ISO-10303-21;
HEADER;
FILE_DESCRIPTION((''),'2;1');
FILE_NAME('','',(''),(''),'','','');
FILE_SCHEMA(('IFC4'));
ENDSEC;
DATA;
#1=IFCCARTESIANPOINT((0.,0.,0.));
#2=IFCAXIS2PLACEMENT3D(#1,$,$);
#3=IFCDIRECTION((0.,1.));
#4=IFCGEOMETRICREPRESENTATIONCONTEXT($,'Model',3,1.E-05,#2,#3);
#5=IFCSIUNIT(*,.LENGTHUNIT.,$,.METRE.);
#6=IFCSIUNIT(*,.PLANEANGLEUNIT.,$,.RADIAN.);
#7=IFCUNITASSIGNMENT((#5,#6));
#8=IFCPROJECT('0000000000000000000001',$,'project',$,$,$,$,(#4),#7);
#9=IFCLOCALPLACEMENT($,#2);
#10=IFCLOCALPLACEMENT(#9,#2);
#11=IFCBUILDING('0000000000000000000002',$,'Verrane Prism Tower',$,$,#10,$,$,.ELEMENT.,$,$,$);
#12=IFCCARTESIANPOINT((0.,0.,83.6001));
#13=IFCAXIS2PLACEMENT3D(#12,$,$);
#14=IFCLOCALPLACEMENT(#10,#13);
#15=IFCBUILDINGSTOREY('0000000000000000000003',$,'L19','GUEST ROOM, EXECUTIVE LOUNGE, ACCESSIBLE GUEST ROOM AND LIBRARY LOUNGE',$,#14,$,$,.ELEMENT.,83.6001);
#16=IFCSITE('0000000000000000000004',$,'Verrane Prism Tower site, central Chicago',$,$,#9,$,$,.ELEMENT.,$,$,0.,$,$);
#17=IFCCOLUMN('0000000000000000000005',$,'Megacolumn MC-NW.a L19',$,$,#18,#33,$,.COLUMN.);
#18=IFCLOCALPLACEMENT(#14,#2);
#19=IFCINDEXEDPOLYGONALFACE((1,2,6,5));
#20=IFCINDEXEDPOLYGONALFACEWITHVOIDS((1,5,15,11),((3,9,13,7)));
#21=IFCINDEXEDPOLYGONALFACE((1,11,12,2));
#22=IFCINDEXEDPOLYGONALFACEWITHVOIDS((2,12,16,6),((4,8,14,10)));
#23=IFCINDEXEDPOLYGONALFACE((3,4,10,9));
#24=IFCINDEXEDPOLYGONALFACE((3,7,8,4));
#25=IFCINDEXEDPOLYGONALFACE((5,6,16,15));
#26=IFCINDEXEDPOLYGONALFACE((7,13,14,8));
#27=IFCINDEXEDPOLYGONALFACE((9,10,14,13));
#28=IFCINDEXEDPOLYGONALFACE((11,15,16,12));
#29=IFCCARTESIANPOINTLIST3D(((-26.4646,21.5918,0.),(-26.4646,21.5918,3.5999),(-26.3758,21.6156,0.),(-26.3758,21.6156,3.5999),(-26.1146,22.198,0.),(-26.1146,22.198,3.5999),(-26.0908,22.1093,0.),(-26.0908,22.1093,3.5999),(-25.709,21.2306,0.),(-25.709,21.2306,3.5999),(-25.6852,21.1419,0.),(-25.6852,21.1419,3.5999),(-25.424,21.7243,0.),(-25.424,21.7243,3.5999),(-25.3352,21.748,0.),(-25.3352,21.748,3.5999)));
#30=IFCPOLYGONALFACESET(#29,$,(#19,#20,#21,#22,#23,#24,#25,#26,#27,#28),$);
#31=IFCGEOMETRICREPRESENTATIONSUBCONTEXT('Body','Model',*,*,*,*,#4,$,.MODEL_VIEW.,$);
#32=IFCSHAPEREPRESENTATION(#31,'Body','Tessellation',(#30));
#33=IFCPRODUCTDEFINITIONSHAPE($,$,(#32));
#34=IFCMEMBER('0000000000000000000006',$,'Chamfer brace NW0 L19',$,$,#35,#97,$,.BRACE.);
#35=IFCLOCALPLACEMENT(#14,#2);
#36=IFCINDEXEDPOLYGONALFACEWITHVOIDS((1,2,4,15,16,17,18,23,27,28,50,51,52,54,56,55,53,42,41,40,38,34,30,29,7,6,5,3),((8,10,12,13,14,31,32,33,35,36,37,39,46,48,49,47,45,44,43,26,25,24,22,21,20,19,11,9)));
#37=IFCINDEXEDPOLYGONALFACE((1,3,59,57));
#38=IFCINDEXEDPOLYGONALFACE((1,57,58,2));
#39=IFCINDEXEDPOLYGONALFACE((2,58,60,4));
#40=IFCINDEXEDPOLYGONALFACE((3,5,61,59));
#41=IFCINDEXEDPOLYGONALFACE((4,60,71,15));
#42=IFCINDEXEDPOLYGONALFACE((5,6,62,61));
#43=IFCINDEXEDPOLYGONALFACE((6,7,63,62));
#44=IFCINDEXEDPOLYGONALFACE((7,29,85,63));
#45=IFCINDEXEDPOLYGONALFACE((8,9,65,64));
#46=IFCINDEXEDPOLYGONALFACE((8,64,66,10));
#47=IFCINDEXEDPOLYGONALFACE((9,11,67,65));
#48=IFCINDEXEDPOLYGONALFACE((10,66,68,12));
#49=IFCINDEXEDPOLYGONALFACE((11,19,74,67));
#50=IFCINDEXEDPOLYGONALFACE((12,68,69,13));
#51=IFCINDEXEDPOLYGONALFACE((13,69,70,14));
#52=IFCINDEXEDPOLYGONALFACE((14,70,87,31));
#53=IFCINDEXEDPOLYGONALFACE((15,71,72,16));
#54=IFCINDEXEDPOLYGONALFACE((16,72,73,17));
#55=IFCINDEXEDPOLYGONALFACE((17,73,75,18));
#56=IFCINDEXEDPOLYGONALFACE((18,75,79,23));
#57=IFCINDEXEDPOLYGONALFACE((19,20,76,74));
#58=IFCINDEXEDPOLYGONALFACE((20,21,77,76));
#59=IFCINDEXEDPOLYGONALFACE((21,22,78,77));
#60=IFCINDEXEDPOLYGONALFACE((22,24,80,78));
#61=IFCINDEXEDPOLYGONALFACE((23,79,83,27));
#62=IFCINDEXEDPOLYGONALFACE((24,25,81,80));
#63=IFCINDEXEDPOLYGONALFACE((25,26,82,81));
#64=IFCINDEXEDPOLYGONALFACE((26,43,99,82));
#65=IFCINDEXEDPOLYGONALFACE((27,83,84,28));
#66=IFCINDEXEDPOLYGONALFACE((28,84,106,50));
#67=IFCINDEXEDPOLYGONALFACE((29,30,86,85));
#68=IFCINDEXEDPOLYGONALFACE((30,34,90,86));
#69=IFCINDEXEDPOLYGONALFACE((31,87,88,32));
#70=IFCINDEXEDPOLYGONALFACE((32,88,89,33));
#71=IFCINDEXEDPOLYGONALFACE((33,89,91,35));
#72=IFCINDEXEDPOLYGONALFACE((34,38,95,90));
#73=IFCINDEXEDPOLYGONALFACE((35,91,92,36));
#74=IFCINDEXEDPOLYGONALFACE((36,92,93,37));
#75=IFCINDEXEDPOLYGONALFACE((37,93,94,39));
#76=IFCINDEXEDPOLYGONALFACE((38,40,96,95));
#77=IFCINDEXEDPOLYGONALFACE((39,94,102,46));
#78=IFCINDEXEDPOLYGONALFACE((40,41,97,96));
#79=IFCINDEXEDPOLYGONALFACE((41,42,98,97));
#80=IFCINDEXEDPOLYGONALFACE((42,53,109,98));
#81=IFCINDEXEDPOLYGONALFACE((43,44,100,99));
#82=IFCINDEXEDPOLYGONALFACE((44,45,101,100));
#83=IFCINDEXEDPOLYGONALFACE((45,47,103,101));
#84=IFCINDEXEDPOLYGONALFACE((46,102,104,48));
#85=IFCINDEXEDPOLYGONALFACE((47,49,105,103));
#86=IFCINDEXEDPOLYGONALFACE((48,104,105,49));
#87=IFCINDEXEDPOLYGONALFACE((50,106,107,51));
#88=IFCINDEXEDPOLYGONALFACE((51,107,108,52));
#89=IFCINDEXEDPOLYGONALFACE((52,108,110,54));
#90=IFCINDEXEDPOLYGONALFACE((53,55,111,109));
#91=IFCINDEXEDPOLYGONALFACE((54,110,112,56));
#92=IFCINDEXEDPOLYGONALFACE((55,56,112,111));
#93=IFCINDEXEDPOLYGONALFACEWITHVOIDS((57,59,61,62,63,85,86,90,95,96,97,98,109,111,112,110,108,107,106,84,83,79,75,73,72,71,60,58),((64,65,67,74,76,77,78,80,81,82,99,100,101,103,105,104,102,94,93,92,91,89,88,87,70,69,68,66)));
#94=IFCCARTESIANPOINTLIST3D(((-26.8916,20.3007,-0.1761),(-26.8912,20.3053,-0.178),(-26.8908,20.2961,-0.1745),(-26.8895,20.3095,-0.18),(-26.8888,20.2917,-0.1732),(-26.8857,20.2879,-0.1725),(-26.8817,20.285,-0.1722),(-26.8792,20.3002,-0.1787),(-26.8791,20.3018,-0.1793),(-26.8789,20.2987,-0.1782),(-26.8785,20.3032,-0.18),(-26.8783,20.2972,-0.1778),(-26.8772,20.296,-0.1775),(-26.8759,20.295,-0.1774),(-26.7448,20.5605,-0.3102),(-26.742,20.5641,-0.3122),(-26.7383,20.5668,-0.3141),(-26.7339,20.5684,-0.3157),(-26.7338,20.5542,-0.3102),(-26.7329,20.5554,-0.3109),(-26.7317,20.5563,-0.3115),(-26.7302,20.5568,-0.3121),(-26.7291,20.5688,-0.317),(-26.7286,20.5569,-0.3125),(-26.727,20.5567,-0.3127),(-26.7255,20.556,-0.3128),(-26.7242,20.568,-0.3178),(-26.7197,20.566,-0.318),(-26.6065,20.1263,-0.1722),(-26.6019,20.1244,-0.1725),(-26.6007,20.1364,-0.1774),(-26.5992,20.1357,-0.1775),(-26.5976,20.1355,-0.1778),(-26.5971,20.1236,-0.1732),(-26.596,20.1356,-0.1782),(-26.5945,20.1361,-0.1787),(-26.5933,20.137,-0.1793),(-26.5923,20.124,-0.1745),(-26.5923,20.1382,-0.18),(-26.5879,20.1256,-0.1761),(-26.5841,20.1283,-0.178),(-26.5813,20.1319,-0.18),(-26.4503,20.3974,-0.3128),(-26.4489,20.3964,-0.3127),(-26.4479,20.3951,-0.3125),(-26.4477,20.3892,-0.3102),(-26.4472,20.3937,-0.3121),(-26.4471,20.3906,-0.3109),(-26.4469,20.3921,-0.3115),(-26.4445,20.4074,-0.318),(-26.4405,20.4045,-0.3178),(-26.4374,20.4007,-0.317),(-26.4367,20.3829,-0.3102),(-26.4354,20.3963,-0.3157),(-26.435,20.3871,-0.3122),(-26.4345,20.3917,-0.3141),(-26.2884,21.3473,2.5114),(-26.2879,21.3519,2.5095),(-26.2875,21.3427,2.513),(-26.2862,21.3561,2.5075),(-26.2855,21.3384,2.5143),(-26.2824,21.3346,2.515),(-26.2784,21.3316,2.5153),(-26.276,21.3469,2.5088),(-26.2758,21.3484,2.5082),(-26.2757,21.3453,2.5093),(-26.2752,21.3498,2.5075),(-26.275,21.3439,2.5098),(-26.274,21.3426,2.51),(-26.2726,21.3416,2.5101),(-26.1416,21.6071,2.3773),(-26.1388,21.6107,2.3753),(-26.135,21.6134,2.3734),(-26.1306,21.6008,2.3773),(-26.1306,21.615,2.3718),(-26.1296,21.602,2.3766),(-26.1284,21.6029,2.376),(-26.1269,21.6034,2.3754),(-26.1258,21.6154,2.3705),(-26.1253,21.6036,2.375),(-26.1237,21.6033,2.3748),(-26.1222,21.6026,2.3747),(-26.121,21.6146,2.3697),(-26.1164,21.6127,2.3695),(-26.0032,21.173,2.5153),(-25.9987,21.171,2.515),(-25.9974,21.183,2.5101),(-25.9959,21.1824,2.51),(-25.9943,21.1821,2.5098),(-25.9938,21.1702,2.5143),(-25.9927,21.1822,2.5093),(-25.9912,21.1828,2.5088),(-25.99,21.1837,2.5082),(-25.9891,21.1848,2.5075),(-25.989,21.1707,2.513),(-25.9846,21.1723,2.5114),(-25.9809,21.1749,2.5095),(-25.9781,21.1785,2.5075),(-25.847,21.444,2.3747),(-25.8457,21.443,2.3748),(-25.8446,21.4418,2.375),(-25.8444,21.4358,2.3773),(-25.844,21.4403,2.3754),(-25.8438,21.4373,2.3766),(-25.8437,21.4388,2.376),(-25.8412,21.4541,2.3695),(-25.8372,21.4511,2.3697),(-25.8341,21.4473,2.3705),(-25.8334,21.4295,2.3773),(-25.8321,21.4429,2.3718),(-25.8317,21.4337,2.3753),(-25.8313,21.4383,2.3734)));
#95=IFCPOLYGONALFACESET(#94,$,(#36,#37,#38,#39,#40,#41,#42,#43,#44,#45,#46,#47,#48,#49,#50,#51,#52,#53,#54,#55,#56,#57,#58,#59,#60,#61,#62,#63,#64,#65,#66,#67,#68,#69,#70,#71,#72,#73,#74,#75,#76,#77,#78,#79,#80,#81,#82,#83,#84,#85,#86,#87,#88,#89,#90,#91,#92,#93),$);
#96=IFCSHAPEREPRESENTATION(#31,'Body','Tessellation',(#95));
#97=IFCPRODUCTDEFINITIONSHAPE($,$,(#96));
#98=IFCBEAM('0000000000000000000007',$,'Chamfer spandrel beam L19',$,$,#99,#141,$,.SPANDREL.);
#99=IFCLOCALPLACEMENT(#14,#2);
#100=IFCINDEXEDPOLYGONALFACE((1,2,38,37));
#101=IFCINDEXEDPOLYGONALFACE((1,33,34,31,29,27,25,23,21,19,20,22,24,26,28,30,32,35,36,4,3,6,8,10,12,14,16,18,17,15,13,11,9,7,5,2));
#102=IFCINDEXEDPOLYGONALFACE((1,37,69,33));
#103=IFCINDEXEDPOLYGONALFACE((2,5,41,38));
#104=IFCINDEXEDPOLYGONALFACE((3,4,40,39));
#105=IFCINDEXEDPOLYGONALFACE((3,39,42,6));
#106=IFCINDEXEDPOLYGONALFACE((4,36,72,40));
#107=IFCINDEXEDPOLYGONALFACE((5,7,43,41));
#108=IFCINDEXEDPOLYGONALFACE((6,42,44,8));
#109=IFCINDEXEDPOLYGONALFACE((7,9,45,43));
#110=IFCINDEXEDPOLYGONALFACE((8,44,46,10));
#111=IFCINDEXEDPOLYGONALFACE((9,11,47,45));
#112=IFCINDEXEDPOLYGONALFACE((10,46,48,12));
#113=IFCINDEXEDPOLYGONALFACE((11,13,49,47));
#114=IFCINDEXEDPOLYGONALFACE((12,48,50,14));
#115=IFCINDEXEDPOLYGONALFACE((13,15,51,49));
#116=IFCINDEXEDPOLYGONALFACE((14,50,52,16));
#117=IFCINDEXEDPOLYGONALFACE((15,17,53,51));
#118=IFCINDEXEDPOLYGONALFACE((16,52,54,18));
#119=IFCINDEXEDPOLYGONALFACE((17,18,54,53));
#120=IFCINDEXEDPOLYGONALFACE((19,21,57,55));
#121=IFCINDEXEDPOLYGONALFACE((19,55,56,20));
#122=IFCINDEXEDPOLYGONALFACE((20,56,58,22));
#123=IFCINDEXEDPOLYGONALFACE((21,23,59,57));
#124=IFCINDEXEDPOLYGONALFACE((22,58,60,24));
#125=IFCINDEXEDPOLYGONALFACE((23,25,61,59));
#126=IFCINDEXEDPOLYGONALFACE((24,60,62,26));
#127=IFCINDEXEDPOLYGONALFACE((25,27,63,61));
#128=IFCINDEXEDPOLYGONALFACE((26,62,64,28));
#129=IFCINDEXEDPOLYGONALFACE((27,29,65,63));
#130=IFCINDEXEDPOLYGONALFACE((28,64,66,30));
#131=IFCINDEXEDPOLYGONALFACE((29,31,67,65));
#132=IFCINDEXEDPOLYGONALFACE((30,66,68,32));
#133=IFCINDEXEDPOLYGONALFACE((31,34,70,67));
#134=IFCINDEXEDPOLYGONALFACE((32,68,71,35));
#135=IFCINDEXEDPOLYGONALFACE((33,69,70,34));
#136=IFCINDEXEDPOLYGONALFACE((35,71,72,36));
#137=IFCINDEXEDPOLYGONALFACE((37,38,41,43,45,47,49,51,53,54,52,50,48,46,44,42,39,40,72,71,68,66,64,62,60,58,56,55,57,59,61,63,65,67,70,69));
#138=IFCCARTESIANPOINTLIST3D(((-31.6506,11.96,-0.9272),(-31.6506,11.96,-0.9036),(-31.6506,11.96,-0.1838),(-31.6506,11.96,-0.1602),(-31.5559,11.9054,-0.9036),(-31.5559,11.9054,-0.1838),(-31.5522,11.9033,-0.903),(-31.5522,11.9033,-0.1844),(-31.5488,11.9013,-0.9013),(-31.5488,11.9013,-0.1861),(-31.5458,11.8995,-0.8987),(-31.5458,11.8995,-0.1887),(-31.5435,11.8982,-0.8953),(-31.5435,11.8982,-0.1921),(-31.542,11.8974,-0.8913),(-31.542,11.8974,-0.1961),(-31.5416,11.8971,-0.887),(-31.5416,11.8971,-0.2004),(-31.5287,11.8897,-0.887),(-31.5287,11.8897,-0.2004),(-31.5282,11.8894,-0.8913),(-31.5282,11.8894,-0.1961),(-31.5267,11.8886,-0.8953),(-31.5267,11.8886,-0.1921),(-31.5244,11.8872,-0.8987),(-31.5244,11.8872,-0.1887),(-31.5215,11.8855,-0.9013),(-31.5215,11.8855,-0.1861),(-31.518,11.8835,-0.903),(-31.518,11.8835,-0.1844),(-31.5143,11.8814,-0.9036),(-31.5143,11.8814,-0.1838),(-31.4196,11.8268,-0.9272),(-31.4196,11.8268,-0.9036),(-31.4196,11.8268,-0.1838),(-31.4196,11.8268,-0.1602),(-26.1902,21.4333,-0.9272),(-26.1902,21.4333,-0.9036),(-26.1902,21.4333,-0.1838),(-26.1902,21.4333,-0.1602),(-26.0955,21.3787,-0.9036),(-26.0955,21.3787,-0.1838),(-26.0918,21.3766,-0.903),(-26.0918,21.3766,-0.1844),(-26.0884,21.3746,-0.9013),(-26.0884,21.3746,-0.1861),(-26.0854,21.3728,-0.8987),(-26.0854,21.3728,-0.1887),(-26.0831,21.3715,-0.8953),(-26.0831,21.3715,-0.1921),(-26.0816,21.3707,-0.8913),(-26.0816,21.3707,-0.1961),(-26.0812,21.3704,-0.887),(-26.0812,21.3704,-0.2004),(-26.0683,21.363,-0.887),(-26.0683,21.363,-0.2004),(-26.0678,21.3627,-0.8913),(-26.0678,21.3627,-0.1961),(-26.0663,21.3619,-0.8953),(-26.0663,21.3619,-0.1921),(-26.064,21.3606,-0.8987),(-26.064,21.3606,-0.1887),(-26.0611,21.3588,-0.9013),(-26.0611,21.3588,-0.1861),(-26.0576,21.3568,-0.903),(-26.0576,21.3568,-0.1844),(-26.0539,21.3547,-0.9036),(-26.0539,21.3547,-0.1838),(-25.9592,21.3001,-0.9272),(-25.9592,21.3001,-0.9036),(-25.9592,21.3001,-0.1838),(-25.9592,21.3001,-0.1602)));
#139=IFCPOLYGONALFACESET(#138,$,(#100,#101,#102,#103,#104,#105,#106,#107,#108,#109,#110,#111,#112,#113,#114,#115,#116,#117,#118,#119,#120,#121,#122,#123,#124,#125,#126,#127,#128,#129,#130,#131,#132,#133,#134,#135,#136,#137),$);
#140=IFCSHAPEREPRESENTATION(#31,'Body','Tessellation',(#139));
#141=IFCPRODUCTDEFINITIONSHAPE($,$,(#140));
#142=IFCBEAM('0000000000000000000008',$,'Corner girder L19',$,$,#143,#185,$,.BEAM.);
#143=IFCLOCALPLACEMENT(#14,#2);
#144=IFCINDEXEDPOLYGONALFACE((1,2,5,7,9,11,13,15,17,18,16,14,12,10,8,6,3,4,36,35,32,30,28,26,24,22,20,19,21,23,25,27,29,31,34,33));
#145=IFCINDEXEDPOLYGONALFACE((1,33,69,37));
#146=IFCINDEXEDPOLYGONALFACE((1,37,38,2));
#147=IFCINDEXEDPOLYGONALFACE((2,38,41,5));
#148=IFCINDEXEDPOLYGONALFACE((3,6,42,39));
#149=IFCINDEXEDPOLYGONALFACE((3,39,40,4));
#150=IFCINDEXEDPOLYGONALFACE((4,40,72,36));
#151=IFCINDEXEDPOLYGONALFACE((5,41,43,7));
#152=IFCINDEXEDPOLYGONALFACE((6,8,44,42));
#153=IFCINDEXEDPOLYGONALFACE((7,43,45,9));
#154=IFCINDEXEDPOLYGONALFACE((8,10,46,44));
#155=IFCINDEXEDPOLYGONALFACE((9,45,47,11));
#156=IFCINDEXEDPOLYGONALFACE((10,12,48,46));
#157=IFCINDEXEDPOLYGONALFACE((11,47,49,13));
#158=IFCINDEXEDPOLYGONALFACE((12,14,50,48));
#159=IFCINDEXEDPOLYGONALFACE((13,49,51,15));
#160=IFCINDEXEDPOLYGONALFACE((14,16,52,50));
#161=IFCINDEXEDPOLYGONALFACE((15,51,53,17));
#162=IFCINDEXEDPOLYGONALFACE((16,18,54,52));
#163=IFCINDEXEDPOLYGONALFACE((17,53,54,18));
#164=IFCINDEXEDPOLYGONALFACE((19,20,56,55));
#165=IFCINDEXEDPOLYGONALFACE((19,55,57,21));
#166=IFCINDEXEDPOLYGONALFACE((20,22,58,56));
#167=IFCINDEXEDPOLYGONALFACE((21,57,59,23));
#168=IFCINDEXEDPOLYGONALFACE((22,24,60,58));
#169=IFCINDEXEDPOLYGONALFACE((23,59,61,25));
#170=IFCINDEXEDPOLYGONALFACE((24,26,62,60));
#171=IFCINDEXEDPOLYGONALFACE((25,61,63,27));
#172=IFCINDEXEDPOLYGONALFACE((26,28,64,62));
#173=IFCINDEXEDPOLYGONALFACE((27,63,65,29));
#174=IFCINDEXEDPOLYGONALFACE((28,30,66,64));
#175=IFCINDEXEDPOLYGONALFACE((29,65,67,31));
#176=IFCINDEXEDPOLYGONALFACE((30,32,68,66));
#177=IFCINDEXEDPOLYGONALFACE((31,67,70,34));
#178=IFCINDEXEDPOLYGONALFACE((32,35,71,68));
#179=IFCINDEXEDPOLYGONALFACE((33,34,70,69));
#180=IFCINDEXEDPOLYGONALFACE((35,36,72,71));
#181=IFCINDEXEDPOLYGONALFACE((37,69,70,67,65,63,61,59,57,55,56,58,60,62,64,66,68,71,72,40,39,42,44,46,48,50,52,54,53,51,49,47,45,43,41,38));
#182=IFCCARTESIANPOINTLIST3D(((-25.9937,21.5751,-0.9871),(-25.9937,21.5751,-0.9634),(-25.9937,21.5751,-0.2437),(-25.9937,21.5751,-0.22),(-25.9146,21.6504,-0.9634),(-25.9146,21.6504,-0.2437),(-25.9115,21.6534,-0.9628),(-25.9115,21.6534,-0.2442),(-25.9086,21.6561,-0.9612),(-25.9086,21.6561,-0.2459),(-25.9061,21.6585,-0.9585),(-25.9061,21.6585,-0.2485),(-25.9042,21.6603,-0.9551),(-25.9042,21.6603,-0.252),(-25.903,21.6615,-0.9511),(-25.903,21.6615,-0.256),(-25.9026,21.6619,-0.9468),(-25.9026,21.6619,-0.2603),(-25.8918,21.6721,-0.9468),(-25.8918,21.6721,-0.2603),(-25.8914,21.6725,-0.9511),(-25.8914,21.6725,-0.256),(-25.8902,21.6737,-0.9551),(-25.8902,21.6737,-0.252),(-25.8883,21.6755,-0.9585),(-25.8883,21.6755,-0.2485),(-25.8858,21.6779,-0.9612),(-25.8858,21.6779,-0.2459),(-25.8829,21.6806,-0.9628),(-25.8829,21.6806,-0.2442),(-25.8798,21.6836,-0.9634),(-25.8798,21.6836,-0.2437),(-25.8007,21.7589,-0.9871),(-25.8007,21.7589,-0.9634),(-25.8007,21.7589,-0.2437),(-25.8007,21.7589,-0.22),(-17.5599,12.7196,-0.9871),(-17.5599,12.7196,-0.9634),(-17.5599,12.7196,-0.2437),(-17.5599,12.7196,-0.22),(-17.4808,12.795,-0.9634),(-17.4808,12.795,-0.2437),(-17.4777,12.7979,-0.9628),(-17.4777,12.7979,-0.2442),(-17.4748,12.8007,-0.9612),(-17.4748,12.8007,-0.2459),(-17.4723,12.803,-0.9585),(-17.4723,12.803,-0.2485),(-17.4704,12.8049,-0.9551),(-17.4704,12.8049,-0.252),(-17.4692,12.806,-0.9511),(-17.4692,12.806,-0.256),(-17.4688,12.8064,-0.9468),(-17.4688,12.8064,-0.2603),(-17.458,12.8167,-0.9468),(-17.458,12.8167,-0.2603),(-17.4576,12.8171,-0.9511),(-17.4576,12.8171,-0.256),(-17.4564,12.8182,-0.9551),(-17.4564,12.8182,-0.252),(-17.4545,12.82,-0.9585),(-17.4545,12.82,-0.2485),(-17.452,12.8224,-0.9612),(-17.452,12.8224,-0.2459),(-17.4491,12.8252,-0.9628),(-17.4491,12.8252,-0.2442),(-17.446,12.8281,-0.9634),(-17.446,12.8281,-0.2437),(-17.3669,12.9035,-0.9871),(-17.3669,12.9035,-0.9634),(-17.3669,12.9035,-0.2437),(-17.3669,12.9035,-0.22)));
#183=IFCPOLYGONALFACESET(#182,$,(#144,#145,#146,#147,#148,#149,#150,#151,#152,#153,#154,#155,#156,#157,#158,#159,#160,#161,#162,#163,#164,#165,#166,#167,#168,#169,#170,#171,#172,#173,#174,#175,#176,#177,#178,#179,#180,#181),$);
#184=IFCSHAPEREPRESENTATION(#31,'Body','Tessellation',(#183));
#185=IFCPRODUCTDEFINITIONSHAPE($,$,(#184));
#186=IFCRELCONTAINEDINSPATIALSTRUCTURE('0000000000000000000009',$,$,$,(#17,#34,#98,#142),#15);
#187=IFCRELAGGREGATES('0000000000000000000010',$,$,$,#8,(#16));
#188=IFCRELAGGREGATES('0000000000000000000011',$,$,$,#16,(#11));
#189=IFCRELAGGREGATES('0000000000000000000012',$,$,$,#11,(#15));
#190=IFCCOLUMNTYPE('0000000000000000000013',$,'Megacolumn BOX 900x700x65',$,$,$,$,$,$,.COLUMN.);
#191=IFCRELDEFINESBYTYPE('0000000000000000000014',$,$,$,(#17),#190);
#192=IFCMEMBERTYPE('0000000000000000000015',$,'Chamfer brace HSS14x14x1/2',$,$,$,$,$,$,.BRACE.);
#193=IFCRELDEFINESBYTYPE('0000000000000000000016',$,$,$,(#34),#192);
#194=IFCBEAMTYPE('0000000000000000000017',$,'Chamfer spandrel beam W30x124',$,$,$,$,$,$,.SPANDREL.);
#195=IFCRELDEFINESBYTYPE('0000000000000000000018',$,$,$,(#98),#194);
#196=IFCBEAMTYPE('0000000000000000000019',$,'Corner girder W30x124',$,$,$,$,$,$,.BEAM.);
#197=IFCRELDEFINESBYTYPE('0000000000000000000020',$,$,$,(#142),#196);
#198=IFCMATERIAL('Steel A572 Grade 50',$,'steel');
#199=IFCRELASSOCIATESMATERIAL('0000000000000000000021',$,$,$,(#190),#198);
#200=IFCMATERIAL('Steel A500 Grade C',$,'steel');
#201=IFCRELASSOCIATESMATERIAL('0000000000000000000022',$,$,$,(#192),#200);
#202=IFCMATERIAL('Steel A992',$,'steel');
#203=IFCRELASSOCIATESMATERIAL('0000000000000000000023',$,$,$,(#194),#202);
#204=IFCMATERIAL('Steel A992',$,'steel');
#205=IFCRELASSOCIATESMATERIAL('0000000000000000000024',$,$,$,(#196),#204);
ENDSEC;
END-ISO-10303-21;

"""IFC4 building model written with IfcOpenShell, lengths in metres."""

from ifc_helpers import new_model, si_unit, direction, frame, origin, origin_2d, place, context, subcontext, project, spatial, hollow_rectangle, i_section, extrude, material, material_profile, profile_set, type_object, element, save


model = new_model("IFC4")

# Units and contexts
model_context = context("Model", 3, precision=1e-05, world=origin(), true_north=direction((0.0, 1.0)))
body_context = subcontext(model_context, "Body", "Model", "MODEL_VIEW")
ifc_project = project(units=[si_unit("LENGTHUNIT", "METRE"), si_unit("PLANEANGLEUNIT", "RADIAN")], contexts=[model_context])

# Site, building, storey
site_placement = place(None, origin())
site = spatial("IfcSite", under=ifc_project, at=site_placement, Name="Verrane Prism Tower site, central Chicago", CompositionType="ELEMENT", RefElevation=0.0)
building_placement = place(site_placement, origin())
building = spatial("IfcBuilding", under=site, at=building_placement, Name="Verrane Prism Tower", CompositionType="ELEMENT")
storey_placement = place(building_placement, frame((0.0, 0.0, 83.6001)))
storey = spatial("IfcBuildingStorey", under=building, at=storey_placement, Name="L19", Description="GUEST ROOM, EXECUTIVE LOUNGE, ACCESSIBLE GUEST ROOM AND LIBRARY LOUNGE", CompositionType="ELEMENT", Elevation=83.6001)

# Column
ifc_material_1 = material(Name="Steel A572 Grade 50", Category="steel")
ifc_material_profile_1 = material_profile(ifc_material_1, hollow_rectangle(XDim=0.7, YDim=0.8999, WallThickness=0.0649, at=origin_2d()), Name="BOX 900x700x65")
ifc_profile_set_1 = profile_set([ifc_material_profile_1], Name="Steel A572 Grade 50")
column_type = type_object("IfcColumnType", Name="Megacolumn BOX 900x700x65", PredefinedType="COLUMN", material=ifc_profile_set_1)
column_placement = place(storey_placement, frame((-25.8999, 21.6699, 0.0), z_axis=(0.0, 0.0, 1.0), x_axis=(0.5, 0.866025, 0.0)))
element("IfcColumn", 1, at=column_placement, inside=storey, type_object=column_type, Name="Megacolumn MC-NW.a L19", PredefinedType="COLUMN", context=body_context, shape_type="SweptSolid", body=[
    extrude(hollow_rectangle(XDim=0.7, YDim=0.8999, WallThickness=0.0649, at=origin_2d()), origin(), (0.0, 0.0, 1.0), 3.5999),
])

# Member
ifc_material_2 = material(Name="Steel A500 Grade C", Category="steel")
ifc_material_profile_2 = material_profile(ifc_material_2, hollow_rectangle(XDim=0.3557, YDim=0.3557, WallThickness=0.0127, InnerFilletRadius=0.0063, OuterFilletRadius=0.019, at=origin_2d()), Name="HSS14x14x1/2")
ifc_profile_set_2 = profile_set([ifc_material_profile_2], Name="Steel A500 Grade C")
member_type_1 = type_object("IfcMemberType", Name="Chamfer brace HSS14x14x1/2", PredefinedType="BRACE", material=ifc_profile_set_2)
member_1_placement = place(storey_placement, frame((-26.6631, 20.3462, -0.2451), z_axis=(0.20474, 0.355208, 0.91209), x_axis=(-0.866384, 0.499378, 0.0)))
element("IfcMember", 2, at=member_1_placement, inside=storey, type_object=member_type_1, Name="Chamfer brace NW0 L19", PredefinedType="BRACE", context=body_context, shape_type="SweptSolid", body=[
    extrude(hollow_rectangle(XDim=0.3557, YDim=0.3557, WallThickness=0.0127, InnerFilletRadius=0.0063, OuterFilletRadius=0.019, at=origin_2d()), origin(), (0.0, 0.0, 1.0), 2.9465),
])

# Beams
ifc_material_3 = material(Name="Steel A992", Category="steel")
ifc_material_profile_3 = material_profile(ifc_material_3, i_section(OverallWidth=0.2666, OverallDepth=0.7671, WebThickness=0.0149, FlangeThickness=0.0237, FilletRadius=0.0166, at=origin_2d()), Name="W30x124")
ifc_profile_set_3 = profile_set([ifc_material_profile_3], Name="Steel A992")
beam_type_1 = type_object("IfcBeamType", Name="Chamfer spandrel beam W30x124", PredefinedType="SPANDREL", material=ifc_profile_set_3)
beam_1_placement = place(storey_placement, frame((-26.0747, 21.3667, -0.5437), z_axis=(-0.499382, -0.866382, 0.0), x_axis=(0.866382, -0.499382, 0.0)))
element("IfcBeam", 3, at=beam_1_placement, inside=storey, type_object=beam_type_1, Name="Chamfer spandrel beam L19", PredefinedType="SPANDREL", context=body_context, shape_type="SweptSolid", body=[
    extrude(i_section(OverallWidth=0.2666, OverallDepth=0.7671, WebThickness=0.0149, FlangeThickness=0.0237, FilletRadius=0.0166, at=origin_2d()), origin(), (0.0, 0.0, 1.0), 10.9343),
])
ifc_material_4 = material(Name="Steel A992", Category="steel")
ifc_material_profile_4 = material_profile(ifc_material_4, i_section(OverallWidth=0.2666, OverallDepth=0.7671, WebThickness=0.0149, FlangeThickness=0.0237, FilletRadius=0.0166, at=origin_2d()), Name="W30x124")
ifc_profile_set_4 = profile_set([ifc_material_profile_4], Name="Steel A992")
beam_type_2 = type_object("IfcBeamType", Name="Corner girder W30x124", PredefinedType="BEAM", material=ifc_profile_set_4)
beam_2_placement = place(storey_placement, frame((-25.8972, 21.667, -0.6035), z_axis=(0.689658, -0.724136, 0.0), x_axis=(0.724136, 0.689658, 0.0)))
element("IfcBeam", 4, at=beam_2_placement, inside=storey, type_object=beam_type_2, Name="Corner girder L19", PredefinedType="BEAM", context=body_context, shape_type="SweptSolid", body=[
    extrude(i_section(OverallWidth=0.2666, OverallDepth=0.7671, WebThickness=0.0149, FlangeThickness=0.0237, FilletRadius=0.0166, at=origin_2d()), origin(), (0.0, 0.0, 1.0), 12.229),
])

save(model, "model.ifc")
